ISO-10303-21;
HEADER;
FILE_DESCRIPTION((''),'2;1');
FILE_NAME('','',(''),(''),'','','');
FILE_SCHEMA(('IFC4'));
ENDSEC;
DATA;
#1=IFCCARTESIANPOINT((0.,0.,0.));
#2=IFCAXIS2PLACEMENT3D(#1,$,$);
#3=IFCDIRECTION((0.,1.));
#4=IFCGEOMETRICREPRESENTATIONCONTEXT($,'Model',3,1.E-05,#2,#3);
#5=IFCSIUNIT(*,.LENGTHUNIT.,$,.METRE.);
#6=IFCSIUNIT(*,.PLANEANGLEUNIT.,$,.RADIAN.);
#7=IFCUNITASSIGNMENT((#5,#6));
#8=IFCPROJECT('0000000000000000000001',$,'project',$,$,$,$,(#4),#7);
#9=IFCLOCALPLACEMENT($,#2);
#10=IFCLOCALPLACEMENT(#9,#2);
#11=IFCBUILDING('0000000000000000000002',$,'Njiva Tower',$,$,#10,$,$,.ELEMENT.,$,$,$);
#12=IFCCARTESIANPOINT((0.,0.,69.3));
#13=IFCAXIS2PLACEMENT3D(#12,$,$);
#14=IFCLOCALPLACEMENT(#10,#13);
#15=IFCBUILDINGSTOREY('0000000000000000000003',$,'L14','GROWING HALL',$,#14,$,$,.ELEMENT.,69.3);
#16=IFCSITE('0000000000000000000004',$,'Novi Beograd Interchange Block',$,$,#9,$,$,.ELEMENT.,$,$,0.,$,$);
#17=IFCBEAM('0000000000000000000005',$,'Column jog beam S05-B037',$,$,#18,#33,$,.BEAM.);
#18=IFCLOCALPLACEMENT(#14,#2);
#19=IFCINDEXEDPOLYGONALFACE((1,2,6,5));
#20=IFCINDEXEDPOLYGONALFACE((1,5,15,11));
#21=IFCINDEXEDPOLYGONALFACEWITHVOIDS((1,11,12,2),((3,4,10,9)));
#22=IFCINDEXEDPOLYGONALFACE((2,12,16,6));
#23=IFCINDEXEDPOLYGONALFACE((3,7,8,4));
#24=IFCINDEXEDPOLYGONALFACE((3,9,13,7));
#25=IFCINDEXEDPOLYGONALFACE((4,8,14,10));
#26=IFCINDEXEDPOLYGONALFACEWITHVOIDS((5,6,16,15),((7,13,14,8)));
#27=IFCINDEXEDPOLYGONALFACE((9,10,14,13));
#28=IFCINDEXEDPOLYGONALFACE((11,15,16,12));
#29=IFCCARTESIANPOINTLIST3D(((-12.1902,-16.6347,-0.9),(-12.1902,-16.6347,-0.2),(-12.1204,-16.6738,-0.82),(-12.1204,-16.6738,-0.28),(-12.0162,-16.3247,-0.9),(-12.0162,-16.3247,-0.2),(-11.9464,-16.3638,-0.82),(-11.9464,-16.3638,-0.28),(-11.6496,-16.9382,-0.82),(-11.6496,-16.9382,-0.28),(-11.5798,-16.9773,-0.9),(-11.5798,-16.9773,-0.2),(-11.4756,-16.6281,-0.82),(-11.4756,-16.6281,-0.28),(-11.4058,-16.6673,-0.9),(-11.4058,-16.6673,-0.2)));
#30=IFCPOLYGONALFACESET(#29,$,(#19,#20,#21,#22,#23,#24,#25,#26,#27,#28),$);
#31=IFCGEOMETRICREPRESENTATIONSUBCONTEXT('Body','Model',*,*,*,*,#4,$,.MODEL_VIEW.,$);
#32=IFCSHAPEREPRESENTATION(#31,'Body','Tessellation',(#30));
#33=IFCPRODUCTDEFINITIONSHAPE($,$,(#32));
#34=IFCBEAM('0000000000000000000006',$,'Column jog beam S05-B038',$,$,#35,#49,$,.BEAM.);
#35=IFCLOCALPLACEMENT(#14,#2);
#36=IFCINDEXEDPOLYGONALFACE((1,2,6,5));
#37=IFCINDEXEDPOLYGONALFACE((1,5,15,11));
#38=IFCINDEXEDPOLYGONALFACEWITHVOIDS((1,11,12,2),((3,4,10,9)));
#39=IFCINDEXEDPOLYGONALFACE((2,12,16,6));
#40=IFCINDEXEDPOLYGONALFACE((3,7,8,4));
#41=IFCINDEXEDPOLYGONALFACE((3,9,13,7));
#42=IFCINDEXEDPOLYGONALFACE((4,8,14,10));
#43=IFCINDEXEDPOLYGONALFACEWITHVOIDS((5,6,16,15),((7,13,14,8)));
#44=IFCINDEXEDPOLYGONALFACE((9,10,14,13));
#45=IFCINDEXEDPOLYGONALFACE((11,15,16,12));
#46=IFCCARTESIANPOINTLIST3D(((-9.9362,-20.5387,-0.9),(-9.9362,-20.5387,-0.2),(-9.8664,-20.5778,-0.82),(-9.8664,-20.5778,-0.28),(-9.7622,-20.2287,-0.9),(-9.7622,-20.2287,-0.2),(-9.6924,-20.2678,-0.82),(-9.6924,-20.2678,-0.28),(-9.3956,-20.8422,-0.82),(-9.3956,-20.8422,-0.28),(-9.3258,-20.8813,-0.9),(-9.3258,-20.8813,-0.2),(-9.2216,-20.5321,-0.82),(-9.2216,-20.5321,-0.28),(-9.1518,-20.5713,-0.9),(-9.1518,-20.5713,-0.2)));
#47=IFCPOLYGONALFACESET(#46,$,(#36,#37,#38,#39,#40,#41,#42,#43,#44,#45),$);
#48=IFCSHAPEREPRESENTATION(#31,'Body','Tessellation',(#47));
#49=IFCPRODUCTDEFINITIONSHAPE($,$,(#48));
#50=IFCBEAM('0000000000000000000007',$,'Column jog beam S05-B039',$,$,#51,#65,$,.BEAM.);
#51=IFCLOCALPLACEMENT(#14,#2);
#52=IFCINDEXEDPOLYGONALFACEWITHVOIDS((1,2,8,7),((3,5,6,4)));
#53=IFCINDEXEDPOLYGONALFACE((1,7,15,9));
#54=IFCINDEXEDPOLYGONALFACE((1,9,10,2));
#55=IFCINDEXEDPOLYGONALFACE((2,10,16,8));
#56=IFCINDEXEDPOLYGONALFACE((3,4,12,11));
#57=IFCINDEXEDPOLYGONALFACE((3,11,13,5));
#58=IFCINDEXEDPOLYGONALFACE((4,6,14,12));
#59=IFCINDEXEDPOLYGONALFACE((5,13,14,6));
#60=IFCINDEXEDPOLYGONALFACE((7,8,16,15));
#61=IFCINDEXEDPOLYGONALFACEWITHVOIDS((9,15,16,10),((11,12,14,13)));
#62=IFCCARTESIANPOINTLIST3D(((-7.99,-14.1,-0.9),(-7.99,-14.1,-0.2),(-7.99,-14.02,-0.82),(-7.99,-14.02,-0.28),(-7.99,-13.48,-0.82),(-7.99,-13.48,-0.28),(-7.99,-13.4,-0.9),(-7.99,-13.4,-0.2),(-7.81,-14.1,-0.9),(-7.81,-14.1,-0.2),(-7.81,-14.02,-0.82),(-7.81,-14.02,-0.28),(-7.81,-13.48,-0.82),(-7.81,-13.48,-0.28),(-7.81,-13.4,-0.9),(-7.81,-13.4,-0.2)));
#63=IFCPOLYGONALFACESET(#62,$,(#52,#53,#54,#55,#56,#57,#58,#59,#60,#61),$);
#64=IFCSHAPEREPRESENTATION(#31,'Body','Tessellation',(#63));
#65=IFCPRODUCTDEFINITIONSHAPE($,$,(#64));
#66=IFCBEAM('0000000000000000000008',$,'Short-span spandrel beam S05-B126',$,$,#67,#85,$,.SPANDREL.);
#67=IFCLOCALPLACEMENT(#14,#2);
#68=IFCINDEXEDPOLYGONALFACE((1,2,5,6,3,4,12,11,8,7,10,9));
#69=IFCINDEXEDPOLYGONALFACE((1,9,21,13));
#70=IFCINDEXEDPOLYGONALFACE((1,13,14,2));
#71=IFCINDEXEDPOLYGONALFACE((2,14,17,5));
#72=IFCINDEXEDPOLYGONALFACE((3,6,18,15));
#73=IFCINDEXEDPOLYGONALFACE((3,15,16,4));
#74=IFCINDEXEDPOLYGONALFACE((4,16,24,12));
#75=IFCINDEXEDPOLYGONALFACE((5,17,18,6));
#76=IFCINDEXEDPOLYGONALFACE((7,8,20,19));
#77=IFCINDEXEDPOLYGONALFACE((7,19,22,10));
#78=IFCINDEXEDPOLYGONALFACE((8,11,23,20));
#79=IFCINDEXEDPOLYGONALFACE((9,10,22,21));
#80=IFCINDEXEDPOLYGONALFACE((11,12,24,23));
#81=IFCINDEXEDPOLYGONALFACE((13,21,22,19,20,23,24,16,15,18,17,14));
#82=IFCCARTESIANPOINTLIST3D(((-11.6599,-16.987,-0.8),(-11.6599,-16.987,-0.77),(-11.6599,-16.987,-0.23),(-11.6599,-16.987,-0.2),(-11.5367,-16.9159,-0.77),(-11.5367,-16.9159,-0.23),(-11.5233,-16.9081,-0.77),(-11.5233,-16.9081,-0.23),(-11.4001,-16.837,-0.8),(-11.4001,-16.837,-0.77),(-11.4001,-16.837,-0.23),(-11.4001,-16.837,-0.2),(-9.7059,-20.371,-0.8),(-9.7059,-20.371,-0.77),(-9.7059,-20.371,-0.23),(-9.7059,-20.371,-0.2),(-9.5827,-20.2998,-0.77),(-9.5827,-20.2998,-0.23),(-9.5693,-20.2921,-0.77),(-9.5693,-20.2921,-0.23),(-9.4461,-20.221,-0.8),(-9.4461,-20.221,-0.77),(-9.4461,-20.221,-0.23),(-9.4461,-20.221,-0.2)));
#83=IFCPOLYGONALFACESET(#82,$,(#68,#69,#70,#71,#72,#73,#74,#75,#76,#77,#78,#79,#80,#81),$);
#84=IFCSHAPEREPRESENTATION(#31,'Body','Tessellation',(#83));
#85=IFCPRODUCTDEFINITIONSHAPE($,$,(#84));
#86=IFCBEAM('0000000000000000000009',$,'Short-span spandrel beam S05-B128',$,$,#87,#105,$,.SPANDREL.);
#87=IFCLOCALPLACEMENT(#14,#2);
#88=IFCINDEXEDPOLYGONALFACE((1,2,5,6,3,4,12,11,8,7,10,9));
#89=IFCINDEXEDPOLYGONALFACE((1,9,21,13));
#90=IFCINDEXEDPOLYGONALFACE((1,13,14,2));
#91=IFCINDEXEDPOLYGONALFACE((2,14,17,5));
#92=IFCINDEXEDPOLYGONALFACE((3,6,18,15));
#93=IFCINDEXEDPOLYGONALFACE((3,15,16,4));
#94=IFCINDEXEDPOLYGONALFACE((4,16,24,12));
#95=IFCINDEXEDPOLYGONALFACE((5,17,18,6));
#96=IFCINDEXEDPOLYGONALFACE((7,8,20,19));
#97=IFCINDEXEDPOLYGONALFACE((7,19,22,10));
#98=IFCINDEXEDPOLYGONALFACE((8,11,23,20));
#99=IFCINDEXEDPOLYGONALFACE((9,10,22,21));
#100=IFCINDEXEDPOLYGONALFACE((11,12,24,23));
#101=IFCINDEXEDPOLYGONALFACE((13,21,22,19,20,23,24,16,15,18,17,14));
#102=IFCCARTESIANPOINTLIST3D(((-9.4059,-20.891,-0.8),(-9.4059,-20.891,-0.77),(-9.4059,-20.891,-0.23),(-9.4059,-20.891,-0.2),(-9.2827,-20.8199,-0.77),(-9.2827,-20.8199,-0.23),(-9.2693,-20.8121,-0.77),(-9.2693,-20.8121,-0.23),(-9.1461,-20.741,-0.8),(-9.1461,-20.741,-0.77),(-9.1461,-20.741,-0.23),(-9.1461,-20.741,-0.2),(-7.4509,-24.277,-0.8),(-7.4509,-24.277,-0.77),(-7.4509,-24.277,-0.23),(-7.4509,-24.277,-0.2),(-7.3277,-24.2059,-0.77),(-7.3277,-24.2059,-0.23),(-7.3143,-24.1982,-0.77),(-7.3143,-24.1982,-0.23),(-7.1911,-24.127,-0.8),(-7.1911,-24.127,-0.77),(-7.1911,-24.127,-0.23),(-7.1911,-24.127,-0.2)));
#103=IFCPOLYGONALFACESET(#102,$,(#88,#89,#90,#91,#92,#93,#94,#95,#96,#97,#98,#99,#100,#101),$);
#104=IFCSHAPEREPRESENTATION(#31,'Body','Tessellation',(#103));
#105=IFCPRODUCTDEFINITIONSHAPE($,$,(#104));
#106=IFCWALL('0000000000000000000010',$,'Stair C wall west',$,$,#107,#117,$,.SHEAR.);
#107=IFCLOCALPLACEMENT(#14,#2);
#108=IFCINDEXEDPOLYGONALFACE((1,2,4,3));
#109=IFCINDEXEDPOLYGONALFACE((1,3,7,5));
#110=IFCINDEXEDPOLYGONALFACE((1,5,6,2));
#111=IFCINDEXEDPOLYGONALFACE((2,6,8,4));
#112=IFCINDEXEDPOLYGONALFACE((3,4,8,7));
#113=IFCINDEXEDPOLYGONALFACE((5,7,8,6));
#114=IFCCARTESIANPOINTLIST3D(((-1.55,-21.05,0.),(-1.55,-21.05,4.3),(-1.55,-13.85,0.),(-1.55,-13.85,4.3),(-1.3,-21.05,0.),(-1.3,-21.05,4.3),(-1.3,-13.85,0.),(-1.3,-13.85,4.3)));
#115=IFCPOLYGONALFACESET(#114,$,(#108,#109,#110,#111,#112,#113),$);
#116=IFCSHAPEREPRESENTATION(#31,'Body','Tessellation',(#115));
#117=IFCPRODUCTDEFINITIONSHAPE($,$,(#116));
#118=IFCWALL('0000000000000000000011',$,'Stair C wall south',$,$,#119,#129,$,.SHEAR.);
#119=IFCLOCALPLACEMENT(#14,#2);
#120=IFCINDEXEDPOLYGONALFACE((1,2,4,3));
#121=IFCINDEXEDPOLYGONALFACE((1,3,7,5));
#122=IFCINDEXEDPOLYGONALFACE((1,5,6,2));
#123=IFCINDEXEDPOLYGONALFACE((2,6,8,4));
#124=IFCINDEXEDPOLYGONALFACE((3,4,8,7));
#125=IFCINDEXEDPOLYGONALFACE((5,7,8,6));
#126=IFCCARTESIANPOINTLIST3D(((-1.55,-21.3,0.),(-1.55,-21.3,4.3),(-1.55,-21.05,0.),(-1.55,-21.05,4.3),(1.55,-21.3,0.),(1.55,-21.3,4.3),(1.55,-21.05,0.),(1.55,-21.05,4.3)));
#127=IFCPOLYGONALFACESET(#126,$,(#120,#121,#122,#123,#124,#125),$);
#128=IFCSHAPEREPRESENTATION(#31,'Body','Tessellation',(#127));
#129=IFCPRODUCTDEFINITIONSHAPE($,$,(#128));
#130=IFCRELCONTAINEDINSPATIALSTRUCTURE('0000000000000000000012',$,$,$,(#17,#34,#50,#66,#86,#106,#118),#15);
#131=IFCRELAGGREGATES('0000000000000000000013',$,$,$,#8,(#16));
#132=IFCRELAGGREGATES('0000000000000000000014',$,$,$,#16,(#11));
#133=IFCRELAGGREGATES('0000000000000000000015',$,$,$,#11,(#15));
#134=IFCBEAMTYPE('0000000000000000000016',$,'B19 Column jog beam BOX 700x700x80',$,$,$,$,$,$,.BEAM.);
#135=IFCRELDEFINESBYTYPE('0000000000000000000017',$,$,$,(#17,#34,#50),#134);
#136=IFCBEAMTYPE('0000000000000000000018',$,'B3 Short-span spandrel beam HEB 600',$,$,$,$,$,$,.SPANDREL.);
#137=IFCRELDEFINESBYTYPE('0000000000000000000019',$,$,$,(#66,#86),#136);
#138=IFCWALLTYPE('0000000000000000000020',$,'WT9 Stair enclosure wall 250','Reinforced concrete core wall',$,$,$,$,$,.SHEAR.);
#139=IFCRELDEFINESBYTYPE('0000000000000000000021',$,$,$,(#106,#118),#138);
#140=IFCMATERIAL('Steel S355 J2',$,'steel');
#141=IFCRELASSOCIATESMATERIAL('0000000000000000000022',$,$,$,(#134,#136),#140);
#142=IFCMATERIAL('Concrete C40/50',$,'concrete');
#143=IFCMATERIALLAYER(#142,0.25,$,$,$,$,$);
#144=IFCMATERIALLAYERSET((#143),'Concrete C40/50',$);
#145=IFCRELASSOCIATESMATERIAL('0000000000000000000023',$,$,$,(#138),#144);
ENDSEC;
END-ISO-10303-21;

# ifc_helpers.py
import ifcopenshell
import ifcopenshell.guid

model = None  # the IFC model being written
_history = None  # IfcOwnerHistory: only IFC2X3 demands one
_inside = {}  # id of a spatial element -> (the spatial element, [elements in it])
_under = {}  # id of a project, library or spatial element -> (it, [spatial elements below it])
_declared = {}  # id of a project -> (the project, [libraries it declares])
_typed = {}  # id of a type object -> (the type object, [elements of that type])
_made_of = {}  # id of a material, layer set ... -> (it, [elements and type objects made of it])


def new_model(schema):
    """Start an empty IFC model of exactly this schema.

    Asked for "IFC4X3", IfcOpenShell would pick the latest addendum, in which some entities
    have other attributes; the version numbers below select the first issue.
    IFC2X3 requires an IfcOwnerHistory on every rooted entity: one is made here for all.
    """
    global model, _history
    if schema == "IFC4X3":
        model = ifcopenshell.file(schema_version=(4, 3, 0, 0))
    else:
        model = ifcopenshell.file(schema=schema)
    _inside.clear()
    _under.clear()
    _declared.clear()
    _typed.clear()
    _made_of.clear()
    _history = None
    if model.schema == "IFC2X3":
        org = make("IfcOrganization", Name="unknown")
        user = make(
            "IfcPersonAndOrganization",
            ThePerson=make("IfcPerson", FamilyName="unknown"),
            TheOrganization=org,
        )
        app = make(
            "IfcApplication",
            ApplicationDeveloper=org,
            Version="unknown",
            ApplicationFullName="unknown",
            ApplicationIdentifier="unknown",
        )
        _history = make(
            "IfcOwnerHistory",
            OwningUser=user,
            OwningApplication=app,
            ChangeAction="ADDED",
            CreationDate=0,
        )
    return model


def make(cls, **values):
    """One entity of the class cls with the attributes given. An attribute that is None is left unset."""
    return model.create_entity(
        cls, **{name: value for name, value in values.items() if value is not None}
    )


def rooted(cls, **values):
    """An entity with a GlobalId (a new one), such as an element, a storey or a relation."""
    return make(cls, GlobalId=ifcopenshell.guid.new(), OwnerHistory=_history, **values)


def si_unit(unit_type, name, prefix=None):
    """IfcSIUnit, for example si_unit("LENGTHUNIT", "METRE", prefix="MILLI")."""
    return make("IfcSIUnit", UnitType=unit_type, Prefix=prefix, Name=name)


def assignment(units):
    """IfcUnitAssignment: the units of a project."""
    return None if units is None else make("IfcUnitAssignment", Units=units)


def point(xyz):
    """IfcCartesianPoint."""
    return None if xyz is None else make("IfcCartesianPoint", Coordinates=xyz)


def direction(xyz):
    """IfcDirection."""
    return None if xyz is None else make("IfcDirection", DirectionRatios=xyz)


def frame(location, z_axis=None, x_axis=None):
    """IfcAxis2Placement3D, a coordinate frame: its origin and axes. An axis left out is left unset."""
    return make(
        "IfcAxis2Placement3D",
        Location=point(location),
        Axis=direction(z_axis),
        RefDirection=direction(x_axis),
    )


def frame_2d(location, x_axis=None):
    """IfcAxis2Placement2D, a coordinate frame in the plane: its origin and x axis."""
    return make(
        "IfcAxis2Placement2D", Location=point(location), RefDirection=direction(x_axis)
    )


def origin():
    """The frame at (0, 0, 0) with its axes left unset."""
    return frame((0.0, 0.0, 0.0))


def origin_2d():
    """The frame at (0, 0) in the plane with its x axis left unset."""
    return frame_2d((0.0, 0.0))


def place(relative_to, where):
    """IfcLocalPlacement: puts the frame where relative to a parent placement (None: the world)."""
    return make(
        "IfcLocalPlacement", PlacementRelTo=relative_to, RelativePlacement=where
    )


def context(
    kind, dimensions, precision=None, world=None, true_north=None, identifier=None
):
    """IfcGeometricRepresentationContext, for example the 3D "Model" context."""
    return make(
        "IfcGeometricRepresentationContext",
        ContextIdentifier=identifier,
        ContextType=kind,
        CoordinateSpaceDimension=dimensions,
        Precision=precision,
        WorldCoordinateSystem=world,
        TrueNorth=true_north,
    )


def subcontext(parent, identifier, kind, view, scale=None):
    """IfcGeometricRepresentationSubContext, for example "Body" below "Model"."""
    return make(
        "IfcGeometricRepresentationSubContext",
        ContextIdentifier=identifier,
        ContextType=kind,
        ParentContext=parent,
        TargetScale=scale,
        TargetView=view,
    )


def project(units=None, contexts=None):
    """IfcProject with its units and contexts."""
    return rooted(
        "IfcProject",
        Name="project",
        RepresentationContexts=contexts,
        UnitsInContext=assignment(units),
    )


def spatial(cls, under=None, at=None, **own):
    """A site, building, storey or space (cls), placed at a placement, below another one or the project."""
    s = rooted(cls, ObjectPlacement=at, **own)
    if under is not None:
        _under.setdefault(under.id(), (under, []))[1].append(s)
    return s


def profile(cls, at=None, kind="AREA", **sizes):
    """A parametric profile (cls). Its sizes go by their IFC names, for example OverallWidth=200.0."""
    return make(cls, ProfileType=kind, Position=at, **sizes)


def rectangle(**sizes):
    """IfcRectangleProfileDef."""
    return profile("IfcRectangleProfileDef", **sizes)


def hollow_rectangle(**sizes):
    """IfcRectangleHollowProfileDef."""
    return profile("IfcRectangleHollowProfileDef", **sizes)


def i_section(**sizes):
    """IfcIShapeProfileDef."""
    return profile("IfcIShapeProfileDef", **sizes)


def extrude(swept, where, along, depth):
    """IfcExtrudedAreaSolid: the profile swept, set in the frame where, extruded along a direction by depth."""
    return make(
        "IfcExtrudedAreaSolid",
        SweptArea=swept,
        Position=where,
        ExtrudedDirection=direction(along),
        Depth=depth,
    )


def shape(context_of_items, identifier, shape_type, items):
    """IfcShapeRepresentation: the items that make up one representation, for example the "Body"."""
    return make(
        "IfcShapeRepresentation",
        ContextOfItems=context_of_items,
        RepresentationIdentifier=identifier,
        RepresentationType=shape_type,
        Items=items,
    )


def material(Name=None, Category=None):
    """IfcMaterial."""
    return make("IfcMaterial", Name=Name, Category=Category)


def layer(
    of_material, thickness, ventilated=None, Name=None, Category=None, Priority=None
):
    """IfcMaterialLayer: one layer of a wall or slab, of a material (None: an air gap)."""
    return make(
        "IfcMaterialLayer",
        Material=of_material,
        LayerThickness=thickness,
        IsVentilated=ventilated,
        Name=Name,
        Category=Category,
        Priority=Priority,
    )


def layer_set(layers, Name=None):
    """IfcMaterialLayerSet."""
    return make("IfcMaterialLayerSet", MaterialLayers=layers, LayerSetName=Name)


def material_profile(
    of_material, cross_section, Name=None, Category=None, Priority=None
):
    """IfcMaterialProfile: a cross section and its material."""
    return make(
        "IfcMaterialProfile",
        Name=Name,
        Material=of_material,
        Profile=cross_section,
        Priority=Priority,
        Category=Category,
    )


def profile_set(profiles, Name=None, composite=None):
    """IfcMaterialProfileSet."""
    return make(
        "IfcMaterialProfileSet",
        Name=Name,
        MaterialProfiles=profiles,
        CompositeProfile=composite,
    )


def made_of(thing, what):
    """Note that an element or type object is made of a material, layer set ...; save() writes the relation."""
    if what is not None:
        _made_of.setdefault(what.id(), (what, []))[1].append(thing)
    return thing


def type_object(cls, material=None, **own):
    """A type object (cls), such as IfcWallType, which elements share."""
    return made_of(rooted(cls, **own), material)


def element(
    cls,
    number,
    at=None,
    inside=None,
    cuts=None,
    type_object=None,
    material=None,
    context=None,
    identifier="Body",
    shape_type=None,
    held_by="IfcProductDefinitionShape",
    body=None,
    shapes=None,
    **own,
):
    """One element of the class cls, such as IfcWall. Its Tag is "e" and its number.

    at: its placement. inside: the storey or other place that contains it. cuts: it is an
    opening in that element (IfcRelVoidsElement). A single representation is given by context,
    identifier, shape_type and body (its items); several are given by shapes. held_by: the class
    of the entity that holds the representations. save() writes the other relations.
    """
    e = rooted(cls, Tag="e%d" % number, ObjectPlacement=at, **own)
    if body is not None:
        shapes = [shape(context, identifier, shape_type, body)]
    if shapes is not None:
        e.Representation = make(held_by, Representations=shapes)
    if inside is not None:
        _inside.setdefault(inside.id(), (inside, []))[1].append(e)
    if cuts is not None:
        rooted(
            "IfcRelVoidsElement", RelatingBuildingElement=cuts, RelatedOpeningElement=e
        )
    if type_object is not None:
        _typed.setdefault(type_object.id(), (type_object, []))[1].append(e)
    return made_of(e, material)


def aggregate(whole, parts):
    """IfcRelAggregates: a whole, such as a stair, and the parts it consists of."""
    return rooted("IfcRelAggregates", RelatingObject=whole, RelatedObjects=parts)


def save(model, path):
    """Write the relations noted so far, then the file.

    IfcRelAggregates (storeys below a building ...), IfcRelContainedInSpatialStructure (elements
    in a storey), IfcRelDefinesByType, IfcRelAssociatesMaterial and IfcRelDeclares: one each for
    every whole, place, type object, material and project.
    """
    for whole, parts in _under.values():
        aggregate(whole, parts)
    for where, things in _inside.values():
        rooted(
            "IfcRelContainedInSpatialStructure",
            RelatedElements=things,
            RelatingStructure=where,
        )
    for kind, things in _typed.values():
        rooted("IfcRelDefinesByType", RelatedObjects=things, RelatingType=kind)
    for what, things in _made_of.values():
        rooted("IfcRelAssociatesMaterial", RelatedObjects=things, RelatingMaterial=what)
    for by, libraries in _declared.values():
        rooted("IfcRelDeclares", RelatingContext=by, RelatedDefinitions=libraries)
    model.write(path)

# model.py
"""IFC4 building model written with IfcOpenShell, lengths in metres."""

from ifc_helpers import new_model, si_unit, direction, frame, frame_2d, origin, origin_2d, place, context, subcontext, project, spatial, rectangle, hollow_rectangle, i_section, extrude, material, layer, layer_set, material_profile, profile_set, type_object, element, save


model = new_model("IFC4")

# Units and contexts
model_context = context("Model", 3, precision=1e-05, world=origin(), true_north=direction((0.0, 1.0)))
body_context = subcontext(model_context, "Body", "Model", "MODEL_VIEW")
ifc_project = project(units=[si_unit("LENGTHUNIT", "METRE"), si_unit("PLANEANGLEUNIT", "RADIAN")], contexts=[model_context])

# Site, building, storey
site_placement = place(None, origin())
site = spatial("IfcSite", under=ifc_project, at=site_placement, Name="Novi Beograd Interchange Block", CompositionType="ELEMENT", RefElevation=0.0)
building_placement = place(site_placement, origin())
building = spatial("IfcBuilding", under=site, at=building_placement, Name="Njiva Tower", CompositionType="ELEMENT")
storey_placement = place(building_placement, frame((0.0, 0.0, 69.3)))
storey = spatial("IfcBuildingStorey", under=building, at=storey_placement, Name="L14", Description="GROWING HALL", CompositionType="ELEMENT", Elevation=69.3)

# Shared definitions
ifc_material_1 = material(Name="Steel S355 J2", Category="steel")

# Beams
ifc_material_profile_1 = material_profile(ifc_material_1, hollow_rectangle(XDim=0.7, YDim=0.7, WallThickness=0.08, at=origin_2d()), Name="BOX 700x700x80")
ifc_profile_set_1 = profile_set([ifc_material_profile_1], Name="Steel S355 J2")
beam_type_1 = type_object("IfcBeamType", Name="B19 Column jog beam BOX 700x700x80", PredefinedType="BEAM", material=ifc_profile_set_1)
for number, where, z_axis, x_axis, name in (
    (1, (-11.885, -16.806, -0.55), (0.48946, 0.872026, 0.0), (-0.872026, 0.48946, 0.0), "Column jog beam S05-B037"),
    (2, (-9.631, -20.71, -0.55), (0.48946, 0.872026, 0.0), (-0.872026, 0.48946, 0.0), "Column jog beam S05-B038"),
):
    element("IfcBeam", number, at=place(storey_placement, frame(where, z_axis=z_axis, x_axis=x_axis)), inside=storey, type_object=beam_type_1, Name=name, PredefinedType="BEAM", context=body_context, shape_type="SweptSolid", body=[
        extrude(hollow_rectangle(XDim=0.7, YDim=0.7, WallThickness=0.08, at=origin_2d()), origin(), (0.0, 0.0, 1.0), 0.3555),
    ])
beam_1_placement = place(storey_placement, frame((-7.99, -13.75, -0.55), z_axis=(1.0, 0.0, 0.0), x_axis=(0.0, 1.0, 0.0)))
element("IfcBeam", 3, at=beam_1_placement, inside=storey, type_object=beam_type_1, Name="Column jog beam S05-B039", PredefinedType="BEAM", context=body_context, shape_type="SweptSolid", body=[
    extrude(hollow_rectangle(XDim=0.7, YDim=0.7, WallThickness=0.08, at=origin_2d()), origin(), (0.0, 0.0, 1.0), 0.18),
])
ifc_material_profile_2 = material_profile(ifc_material_1, i_section(OverallWidth=0.3, OverallDepth=0.6, WebThickness=0.0155, FlangeThickness=0.03, at=origin_2d()), Name="HEB 600")
ifc_profile_set_2 = profile_set([ifc_material_profile_2], Name="Steel S355 J2")
beam_type_2 = type_object("IfcBeamType", Name="B3 Short-span spandrel beam HEB 600", PredefinedType="SPANDREL", material=ifc_profile_set_2)
beam_2_placement = place(storey_placement, frame((-11.53, -16.912, -0.5), z_axis=(0.500047, -0.865998, 0.0), x_axis=(0.865998, 0.500047, 0.0)))
element("IfcBeam", 4, at=beam_2_placement, inside=storey, type_object=beam_type_2, Name="Short-span spandrel beam S05-B126", PredefinedType="SPANDREL", context=body_context, shape_type="SweptSolid", body=[
    extrude(i_section(OverallWidth=0.3, OverallDepth=0.6, WebThickness=0.0155, FlangeThickness=0.03, at=origin_2d()), origin(), (0.0, 0.0, 1.0), 3.9076),
])
beam_3_placement = place(storey_placement, frame((-9.276, -20.816, -0.5), z_axis=(0.500018, -0.866015, 0.0), x_axis=(0.866015, 0.500018, 0.0)))
element("IfcBeam", 5, at=beam_3_placement, inside=storey, type_object=beam_type_2, Name="Short-span spandrel beam S05-B128", PredefinedType="SPANDREL", context=body_context, shape_type="SweptSolid", body=[
    extrude(i_section(OverallWidth=0.3, OverallDepth=0.6, WebThickness=0.0155, FlangeThickness=0.03, at=origin_2d()), origin(), (0.0, 0.0, 1.0), 3.9099),
])

# Walls
ifc_material_2 = material(Name="Concrete C40/50", Category="concrete")
ifc_layer = layer(ifc_material_2, 0.25)
ifc_layer_set = layer_set([ifc_layer], Name="Concrete C40/50")
wall_type = type_object("IfcWallType", Name="WT9 Stair enclosure wall 250", Description="Reinforced concrete core wall", PredefinedType="SHEAR", material=ifc_layer_set)
wall_1_placement = place(storey_placement, frame((-1.425, -21.05, 0.0), z_axis=(0.0, 0.0, 1.0), x_axis=(0.0, 1.0, 0.0)))
element("IfcWall", 6, at=wall_1_placement, inside=storey, type_object=wall_type, Name="Stair C wall west", PredefinedType="SHEAR", context=body_context, shape_type="SweptSolid", body=[
    extrude(rectangle(XDim=7.2, YDim=0.25, at=frame_2d((3.6, 0.0))), origin(), (0.0, 0.0, 1.0), 4.3),
])
wall_2_placement = place(storey_placement, frame((-1.55, -21.175, 0.0), z_axis=(0.0, 0.0, 1.0), x_axis=(1.0, 0.0, 0.0)))
element("IfcWall", 7, at=wall_2_placement, inside=storey, type_object=wall_type, Name="Stair C wall south", PredefinedType="SHEAR", context=body_context, shape_type="SweptSolid", body=[
    extrude(rectangle(XDim=3.1, YDim=0.25, at=frame_2d((1.55, 0.0))), origin(), (0.0, 0.0, 1.0), 4.3),
])

save(model, "model.ifc")
